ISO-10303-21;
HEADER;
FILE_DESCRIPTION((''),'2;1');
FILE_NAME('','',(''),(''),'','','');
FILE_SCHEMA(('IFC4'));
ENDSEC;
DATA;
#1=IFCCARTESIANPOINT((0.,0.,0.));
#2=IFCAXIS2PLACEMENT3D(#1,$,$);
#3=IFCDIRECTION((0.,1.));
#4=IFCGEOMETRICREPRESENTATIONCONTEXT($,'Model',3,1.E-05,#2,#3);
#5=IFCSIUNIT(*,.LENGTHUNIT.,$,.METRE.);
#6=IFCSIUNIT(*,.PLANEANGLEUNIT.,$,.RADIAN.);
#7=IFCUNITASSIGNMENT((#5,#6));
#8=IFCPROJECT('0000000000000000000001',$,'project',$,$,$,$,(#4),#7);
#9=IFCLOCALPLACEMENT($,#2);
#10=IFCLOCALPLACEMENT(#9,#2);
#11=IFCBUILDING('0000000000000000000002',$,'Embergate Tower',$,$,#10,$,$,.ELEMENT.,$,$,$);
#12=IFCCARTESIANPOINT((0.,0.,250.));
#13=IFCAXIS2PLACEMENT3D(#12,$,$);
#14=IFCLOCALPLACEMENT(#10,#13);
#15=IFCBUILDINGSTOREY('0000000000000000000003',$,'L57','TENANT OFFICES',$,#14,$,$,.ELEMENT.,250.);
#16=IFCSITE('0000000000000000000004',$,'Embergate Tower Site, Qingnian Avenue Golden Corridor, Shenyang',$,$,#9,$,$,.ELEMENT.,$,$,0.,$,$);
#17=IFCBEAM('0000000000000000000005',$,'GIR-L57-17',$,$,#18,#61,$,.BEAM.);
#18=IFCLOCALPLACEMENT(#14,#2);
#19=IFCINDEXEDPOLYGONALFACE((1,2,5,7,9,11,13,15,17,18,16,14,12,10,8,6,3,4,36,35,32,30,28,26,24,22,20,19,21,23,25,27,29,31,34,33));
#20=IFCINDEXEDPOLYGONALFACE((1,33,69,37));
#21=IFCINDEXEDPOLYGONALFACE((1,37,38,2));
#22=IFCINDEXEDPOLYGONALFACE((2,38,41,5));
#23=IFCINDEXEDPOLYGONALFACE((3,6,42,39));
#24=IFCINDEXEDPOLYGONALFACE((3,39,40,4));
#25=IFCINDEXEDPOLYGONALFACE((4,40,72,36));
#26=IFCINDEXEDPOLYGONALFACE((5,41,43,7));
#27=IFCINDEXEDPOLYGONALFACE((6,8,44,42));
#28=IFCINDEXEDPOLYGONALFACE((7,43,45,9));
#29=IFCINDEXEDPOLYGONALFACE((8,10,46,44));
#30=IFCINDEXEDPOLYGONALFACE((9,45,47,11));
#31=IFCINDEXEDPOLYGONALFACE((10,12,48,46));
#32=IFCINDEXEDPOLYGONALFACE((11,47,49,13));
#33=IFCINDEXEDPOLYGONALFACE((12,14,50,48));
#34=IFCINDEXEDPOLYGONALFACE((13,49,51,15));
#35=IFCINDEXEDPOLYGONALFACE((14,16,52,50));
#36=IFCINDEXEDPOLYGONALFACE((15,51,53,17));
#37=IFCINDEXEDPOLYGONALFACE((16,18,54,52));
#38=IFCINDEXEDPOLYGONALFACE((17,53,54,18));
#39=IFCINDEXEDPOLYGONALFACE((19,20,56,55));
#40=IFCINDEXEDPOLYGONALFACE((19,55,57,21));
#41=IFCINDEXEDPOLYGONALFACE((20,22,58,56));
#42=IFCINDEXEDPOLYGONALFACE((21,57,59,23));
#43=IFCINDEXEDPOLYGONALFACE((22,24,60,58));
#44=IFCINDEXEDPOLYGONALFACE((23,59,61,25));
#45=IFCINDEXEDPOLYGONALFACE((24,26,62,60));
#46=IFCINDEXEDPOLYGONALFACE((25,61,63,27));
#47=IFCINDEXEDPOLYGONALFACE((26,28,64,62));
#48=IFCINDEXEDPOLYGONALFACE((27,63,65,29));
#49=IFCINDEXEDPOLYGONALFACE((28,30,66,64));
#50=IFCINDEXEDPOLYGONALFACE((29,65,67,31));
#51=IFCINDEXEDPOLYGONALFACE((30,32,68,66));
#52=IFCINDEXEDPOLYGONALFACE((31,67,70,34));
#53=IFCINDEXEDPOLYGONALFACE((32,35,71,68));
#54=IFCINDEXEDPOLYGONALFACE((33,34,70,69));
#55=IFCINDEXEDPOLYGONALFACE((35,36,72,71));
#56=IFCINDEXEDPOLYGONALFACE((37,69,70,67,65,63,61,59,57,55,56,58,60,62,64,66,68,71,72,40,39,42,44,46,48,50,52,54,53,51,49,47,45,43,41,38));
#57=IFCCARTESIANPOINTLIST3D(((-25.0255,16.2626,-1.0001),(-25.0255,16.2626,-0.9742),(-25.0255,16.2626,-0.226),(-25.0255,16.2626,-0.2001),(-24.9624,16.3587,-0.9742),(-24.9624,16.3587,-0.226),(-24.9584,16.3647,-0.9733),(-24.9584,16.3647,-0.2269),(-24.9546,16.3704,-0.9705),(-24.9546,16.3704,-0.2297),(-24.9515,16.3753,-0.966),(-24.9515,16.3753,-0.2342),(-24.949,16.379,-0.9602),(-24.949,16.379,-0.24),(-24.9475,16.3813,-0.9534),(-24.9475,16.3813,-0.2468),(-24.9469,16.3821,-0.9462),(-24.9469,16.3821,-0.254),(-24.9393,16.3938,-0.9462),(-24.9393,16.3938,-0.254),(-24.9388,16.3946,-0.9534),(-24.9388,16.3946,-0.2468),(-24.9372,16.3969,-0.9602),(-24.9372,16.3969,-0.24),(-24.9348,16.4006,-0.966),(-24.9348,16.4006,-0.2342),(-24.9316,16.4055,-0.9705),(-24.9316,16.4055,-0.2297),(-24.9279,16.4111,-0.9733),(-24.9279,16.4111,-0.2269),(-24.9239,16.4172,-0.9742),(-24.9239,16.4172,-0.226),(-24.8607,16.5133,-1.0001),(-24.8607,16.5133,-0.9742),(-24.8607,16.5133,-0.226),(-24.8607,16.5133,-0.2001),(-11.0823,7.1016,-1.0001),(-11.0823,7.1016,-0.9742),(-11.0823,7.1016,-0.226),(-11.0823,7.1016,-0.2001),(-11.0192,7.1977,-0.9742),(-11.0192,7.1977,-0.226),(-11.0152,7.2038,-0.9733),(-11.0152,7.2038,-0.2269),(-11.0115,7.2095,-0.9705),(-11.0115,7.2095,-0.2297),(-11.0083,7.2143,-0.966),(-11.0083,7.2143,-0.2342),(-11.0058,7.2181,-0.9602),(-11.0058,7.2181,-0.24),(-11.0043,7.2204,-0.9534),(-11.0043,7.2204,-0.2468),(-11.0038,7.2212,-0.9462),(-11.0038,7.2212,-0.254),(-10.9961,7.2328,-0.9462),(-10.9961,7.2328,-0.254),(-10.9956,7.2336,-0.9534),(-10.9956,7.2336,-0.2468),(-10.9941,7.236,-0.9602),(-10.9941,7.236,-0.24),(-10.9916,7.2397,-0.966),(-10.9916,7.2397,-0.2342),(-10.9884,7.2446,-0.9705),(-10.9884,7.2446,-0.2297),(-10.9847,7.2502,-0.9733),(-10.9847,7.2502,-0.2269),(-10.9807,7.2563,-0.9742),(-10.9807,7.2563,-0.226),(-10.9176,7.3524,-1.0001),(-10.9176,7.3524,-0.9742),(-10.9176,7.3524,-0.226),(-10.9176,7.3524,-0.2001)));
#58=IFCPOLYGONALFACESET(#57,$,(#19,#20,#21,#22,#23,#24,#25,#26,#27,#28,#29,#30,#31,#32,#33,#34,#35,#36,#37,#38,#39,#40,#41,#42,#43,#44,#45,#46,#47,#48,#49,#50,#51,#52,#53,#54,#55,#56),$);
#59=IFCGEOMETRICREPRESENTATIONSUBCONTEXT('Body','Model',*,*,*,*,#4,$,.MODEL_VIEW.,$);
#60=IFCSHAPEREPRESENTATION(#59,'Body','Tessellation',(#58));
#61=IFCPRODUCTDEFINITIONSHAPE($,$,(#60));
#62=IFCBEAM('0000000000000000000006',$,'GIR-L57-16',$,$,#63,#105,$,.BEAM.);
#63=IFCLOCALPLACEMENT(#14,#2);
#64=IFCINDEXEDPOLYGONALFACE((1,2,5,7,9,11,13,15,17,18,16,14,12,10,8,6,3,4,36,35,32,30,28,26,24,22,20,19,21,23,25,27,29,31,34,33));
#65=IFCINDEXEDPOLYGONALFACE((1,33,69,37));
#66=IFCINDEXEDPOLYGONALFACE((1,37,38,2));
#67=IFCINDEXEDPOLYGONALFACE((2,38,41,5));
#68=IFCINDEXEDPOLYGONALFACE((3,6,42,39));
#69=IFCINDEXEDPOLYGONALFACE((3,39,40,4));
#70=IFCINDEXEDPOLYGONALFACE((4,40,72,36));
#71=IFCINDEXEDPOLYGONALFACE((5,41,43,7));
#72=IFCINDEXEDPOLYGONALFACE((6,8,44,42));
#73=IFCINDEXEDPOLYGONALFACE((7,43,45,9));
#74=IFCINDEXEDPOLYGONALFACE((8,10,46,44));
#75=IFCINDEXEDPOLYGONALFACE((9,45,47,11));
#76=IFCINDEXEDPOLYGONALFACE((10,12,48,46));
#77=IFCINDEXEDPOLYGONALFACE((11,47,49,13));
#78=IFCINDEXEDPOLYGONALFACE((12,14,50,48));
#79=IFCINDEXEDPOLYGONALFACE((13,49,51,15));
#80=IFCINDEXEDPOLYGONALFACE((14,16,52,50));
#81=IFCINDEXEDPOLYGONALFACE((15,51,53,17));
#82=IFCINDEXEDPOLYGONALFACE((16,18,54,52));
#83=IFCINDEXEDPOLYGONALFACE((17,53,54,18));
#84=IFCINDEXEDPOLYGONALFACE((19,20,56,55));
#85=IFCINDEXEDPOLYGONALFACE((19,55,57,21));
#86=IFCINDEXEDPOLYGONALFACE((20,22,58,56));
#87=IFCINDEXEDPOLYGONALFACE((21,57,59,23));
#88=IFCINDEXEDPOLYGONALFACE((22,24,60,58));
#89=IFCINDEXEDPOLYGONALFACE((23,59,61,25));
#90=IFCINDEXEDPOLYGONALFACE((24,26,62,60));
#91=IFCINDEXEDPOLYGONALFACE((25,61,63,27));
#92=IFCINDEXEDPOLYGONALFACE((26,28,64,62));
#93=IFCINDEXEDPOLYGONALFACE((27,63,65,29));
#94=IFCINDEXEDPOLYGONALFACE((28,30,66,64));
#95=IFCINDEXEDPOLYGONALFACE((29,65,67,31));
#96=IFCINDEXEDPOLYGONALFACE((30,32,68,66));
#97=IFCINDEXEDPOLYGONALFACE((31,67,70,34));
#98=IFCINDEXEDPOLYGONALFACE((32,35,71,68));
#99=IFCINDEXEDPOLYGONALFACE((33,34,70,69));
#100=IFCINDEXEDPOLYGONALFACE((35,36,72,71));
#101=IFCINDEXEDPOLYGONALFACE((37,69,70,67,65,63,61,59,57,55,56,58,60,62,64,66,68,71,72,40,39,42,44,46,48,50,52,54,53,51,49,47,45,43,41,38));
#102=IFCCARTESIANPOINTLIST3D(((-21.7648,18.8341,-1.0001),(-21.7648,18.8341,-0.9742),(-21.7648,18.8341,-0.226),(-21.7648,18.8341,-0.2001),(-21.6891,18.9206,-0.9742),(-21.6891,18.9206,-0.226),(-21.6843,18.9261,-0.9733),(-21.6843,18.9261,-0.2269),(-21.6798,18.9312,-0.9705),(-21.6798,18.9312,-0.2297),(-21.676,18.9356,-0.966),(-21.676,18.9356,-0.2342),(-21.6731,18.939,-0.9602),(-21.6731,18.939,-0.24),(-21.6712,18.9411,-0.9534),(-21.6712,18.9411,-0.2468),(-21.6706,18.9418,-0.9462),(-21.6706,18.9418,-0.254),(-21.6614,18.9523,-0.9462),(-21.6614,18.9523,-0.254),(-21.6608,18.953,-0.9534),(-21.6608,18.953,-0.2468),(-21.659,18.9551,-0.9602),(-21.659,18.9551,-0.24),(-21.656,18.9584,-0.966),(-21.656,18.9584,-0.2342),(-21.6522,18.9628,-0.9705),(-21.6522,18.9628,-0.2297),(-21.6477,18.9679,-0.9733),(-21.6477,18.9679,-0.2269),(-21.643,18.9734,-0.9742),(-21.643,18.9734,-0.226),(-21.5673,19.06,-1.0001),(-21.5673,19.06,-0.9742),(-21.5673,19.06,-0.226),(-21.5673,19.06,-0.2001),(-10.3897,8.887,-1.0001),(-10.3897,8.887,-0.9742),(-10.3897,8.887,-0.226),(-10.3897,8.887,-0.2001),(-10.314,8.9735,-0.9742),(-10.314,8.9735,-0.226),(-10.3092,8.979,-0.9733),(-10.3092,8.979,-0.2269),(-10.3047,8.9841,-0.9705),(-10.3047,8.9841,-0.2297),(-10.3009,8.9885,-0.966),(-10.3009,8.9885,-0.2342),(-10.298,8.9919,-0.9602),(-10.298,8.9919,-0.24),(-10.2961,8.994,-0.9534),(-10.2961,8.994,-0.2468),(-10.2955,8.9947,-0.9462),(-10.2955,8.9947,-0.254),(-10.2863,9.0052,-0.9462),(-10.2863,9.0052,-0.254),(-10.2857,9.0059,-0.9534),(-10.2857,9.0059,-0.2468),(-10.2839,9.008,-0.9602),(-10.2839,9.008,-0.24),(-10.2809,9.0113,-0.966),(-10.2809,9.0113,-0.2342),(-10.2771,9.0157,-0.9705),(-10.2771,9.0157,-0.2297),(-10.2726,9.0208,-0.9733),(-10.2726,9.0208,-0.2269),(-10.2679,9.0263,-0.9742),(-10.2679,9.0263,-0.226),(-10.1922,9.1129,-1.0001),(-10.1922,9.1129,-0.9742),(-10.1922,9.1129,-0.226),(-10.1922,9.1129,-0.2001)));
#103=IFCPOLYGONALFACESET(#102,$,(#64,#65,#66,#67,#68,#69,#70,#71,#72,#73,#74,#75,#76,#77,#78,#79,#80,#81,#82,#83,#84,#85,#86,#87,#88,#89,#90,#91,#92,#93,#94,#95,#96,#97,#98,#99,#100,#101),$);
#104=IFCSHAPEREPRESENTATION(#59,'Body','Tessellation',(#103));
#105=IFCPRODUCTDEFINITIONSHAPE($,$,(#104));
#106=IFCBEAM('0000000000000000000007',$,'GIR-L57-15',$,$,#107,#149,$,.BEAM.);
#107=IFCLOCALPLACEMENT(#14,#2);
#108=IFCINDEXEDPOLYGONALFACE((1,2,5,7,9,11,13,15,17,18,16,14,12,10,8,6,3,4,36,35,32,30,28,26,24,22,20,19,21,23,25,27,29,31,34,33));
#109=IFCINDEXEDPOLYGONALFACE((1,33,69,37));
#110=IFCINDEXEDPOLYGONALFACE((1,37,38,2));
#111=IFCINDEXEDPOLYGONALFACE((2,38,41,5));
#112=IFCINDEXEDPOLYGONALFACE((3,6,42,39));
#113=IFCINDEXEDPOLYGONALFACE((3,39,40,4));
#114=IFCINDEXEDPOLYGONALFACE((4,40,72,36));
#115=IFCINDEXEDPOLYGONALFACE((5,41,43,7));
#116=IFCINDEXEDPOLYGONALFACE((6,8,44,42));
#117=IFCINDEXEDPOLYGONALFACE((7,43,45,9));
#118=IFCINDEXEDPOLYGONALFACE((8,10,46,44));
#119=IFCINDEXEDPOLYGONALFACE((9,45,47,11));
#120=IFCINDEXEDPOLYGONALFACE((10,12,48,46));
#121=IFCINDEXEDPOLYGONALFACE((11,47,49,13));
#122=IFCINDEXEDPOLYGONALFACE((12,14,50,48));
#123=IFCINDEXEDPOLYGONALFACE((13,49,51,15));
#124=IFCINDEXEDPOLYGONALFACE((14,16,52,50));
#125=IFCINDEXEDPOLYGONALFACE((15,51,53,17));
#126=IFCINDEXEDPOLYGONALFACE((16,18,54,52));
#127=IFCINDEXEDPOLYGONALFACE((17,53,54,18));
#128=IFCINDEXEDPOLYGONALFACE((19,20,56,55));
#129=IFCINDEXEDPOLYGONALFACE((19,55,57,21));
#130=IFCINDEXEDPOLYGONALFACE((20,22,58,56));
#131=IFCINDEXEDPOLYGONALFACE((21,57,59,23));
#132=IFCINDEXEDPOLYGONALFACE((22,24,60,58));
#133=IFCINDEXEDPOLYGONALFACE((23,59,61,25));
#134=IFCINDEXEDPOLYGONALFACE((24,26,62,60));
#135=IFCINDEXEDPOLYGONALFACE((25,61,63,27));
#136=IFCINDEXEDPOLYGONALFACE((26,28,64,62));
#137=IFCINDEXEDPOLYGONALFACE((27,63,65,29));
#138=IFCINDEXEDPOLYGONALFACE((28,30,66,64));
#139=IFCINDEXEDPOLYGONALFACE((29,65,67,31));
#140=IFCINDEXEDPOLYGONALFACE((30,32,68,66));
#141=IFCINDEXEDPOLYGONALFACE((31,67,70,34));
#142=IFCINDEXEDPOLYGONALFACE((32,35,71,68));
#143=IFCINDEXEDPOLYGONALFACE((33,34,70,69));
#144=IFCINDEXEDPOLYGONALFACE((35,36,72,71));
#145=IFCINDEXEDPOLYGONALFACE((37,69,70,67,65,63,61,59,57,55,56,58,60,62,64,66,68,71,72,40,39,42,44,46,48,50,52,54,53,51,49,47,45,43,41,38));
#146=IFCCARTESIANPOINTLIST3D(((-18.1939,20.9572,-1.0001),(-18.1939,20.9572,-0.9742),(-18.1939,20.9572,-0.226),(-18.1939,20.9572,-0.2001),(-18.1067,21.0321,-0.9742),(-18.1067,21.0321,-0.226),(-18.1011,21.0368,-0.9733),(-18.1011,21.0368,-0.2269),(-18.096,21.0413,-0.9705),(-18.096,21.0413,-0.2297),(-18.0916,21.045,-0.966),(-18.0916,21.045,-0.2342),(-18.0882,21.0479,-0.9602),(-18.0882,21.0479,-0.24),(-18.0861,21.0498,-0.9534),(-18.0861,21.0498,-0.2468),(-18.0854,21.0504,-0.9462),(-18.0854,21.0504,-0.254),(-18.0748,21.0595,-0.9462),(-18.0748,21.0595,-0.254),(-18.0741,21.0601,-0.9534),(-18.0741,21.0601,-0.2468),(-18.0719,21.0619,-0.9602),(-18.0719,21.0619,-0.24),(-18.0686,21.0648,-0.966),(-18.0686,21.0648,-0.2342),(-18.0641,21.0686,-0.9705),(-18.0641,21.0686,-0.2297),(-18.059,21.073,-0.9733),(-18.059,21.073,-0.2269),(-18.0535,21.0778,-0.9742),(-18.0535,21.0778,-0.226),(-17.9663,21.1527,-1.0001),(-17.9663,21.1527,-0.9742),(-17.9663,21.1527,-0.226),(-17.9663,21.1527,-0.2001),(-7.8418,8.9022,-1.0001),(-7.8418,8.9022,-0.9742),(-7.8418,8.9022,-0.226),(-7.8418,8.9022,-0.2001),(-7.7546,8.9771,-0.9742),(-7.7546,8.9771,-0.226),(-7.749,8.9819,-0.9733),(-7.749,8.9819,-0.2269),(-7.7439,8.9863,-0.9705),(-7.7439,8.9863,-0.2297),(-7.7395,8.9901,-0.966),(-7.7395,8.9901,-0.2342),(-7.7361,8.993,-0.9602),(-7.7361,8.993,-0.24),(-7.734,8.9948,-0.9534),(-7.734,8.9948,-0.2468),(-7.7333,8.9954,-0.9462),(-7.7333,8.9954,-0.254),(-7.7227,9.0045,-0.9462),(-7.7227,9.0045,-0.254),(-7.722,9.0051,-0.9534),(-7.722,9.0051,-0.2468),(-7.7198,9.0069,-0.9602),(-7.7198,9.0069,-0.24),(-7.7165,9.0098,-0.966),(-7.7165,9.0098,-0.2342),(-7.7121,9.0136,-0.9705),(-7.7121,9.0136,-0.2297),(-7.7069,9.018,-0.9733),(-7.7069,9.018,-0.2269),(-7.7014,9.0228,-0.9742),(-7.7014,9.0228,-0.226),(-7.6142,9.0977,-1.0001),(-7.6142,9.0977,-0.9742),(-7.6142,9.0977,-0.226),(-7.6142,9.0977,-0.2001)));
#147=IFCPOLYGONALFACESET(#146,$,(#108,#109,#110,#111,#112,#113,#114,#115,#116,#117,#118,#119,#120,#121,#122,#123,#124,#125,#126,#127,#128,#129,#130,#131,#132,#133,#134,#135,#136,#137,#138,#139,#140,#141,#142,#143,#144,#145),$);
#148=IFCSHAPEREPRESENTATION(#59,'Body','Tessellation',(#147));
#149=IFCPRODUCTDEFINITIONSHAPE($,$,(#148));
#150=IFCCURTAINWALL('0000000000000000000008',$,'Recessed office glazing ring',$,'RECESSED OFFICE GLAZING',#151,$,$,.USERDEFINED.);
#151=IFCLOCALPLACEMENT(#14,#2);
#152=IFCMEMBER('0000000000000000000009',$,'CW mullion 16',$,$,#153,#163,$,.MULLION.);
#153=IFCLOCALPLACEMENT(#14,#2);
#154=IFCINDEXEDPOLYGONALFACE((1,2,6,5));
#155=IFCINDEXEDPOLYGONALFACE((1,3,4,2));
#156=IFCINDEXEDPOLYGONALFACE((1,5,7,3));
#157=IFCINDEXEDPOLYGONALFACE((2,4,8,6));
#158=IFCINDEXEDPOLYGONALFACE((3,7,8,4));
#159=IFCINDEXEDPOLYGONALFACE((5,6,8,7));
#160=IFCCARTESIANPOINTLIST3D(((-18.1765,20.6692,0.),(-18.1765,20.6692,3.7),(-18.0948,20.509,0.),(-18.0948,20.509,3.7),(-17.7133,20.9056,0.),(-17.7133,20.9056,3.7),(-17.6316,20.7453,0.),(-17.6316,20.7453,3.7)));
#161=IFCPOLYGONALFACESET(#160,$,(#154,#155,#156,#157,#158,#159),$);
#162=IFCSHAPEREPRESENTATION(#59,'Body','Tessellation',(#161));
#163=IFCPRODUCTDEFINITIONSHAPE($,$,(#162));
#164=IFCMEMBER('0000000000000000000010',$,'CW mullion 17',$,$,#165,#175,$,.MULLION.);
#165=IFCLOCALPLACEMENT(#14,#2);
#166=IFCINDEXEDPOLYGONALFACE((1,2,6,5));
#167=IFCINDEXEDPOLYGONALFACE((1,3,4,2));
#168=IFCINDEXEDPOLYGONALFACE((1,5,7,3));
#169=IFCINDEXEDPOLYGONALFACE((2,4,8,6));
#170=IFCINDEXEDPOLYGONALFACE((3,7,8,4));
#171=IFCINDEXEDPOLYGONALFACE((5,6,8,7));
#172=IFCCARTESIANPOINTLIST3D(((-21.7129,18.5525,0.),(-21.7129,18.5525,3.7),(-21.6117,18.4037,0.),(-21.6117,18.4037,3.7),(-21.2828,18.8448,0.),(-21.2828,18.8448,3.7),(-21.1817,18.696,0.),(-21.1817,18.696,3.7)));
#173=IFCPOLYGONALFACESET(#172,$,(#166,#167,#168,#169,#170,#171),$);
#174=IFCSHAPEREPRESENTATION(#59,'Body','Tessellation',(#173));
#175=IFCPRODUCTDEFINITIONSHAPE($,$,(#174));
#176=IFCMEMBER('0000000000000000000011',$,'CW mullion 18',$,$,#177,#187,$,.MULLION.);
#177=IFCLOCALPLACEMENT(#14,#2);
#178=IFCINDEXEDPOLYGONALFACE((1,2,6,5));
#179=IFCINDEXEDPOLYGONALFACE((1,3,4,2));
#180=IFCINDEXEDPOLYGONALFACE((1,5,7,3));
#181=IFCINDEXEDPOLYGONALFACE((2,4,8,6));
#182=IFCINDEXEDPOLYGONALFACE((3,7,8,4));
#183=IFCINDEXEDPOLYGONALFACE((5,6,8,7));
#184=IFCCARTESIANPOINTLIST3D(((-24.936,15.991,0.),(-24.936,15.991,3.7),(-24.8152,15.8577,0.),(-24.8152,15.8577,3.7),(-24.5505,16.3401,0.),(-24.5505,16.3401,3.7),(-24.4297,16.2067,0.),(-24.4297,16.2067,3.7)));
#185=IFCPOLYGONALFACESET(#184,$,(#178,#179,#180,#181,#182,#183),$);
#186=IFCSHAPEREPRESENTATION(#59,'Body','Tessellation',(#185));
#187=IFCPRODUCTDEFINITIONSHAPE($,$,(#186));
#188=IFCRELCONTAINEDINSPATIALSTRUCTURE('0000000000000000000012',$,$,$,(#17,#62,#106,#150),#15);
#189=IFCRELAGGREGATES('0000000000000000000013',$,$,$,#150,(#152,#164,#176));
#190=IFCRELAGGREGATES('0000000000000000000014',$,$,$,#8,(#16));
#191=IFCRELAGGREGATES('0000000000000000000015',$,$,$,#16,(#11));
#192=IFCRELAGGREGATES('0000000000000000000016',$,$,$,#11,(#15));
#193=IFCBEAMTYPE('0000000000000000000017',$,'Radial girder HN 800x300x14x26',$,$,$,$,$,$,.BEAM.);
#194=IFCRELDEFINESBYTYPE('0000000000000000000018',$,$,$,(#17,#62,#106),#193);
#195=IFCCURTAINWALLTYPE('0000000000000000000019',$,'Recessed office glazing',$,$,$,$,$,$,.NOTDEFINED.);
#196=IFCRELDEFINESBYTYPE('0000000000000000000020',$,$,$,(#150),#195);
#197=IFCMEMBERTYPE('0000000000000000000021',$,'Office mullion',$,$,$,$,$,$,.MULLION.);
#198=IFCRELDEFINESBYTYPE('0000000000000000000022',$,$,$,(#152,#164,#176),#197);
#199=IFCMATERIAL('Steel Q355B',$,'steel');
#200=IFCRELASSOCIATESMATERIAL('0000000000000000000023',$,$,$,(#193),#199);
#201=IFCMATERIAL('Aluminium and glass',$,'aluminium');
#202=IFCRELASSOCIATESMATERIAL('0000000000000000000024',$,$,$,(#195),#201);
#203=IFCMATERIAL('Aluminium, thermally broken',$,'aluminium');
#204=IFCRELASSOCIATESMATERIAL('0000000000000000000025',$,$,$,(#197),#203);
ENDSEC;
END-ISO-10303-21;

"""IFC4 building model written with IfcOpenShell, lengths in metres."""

from ifc_helpers import new_model, si_unit, direction, frame, origin, origin_2d, place, context, subcontext, project, spatial, rectangle, i_section, extrude, source, transform, mapped, material, material_profile, profile_set, type_object, element, aggregate, save


model = new_model("IFC4")

# Units and contexts
model_context = context("Model", 3, precision=1e-05, world=origin(), true_north=direction((0.0, 1.0)))
body_context = subcontext(model_context, "Body", "Model", "MODEL_VIEW")
ifc_project = project(units=[si_unit("LENGTHUNIT", "METRE"), si_unit("PLANEANGLEUNIT", "RADIAN")], contexts=[model_context])

# Site, building, storey
site_placement = place(None, origin())
site = spatial("IfcSite", under=ifc_project, at=site_placement, Name="Embergate Tower Site, Qingnian Avenue Golden Corridor, Shenyang", CompositionType="ELEMENT", RefElevation=0.0)
building_placement = place(site_placement, origin())
building = spatial("IfcBuilding", under=site, at=building_placement, Name="Embergate Tower", CompositionType="ELEMENT")
storey_placement = place(building_placement, frame((0.0, 0.0, 250.0)))
storey = spatial("IfcBuildingStorey", under=building, at=storey_placement, Name="L57", Description="TENANT OFFICES", CompositionType="ELEMENT", Elevation=250.0)

# Beams
ifc_material_1 = material(Name="Steel Q355B", Category="steel")
ifc_material_profile_1 = material_profile(ifc_material_1, i_section(OverallWidth=0.3, OverallDepth=0.8, WebThickness=0.0139, FlangeThickness=0.0259, FilletRadius=0.0281, at=origin_2d()), Name="HN 800x300x14x26")
ifc_profile_set_1 = profile_set([ifc_material_profile_1], Name="Steel Q355 grade B")
beam_type_1 = type_object("IfcBeamType", Name="Radial girder HN 800x300x14x26", PredefinedType="BEAM", material=ifc_profile_set_1)
shared_shape_1 = source(origin(), body_context, "Body", "SweptSolid", [
    extrude(i_section(OverallWidth=0.3, OverallDepth=0.8, WebThickness=0.0139, FlangeThickness=0.0259, FilletRadius=0.0281, at=origin_2d()), origin(), (0.0, 0.0, 1.0), 16.6833),
])
beam_1_placement = place(storey_placement, frame((-24.9431, 16.3879, -0.6001), z_axis=(0.835753, -0.549105, 0.0), x_axis=(0.549105, 0.835753, 0.0)))
element("IfcBeam", 1, at=beam_1_placement, inside=storey, type_object=beam_type_1, Name="GIR-L57-17", PredefinedType="BEAM", context=body_context, shape_type="MappedRepresentation", body=[
    mapped(shared_shape_1, transform((0.0, 0.0, 0.0))),
])
shared_shape_2 = source(origin(), body_context, "Body", "SweptSolid", [
    extrude(i_section(OverallWidth=0.3, OverallDepth=0.8, WebThickness=0.0139, FlangeThickness=0.0259, FilletRadius=0.0281, at=origin_2d()), origin(), (0.0, 0.0, 1.0), 15.1108),
])
beam_2_placement = place(storey_placement, frame((-21.666, 18.947, -0.6001), z_axis=(0.752777, -0.658276, 0.0), x_axis=(0.658276, 0.752777, 0.0)))
element("IfcBeam", 2, at=beam_2_placement, inside=storey, type_object=beam_type_1, Name="GIR-L57-16", PredefinedType="BEAM", context=body_context, shape_type="MappedRepresentation", body=[
    mapped(shared_shape_2, transform((0.0, 0.0, 0.0))),
])
shared_shape_3 = source(origin(), body_context, "Body", "SweptSolid", [
    extrude(i_section(OverallWidth=0.3, OverallDepth=0.8, WebThickness=0.0139, FlangeThickness=0.0259, FilletRadius=0.0281, at=origin_2d()), origin(), (0.0, 0.0, 1.0), 15.8899),
])
beam_3_placement = place(storey_placement, frame((-18.0801, 21.0549, -0.6001), z_axis=(0.65149, -0.758658, 0.0), x_axis=(0.758658, 0.65149, 0.0)))
element("IfcBeam", 3, at=beam_3_placement, inside=storey, type_object=beam_type_1, Name="GIR-L57-15", PredefinedType="BEAM", context=body_context, shape_type="MappedRepresentation", body=[
    mapped(shared_shape_3, transform((0.0, 0.0, 0.0))),
])

# Curtain wall, members
ifc_material_2 = material(Name="Aluminium and glass", Category="aluminium")
curtain_wall_type = type_object("IfcCurtainWallType", Name="Recessed office glazing", PredefinedType="NOTDEFINED", material=ifc_material_2)
curtain_wall_placement = place(storey_placement, origin())
curtain_wall = element("IfcCurtainWall", 4, at=curtain_wall_placement, inside=storey, type_object=curtain_wall_type, Name="Recessed office glazing ring", ObjectType="RECESSED OFFICE GLAZING", PredefinedType="USERDEFINED")
ifc_material_3 = material(Name="Aluminium, thermally broken", Category="aluminium")
ifc_material_profile_2 = material_profile(ifc_material_3, rectangle(XDim=0.1799, YDim=0.52, at=origin_2d()), Name="AL 520x180")
ifc_profile_set_2 = profile_set([ifc_material_profile_2], Name="Aluminium, thermally broken")
member_type_1 = type_object("IfcMemberType", Name="Office mullion", PredefinedType="MULLION", material=ifc_profile_set_2)
shared_shape_4 = source(origin(), body_context, "Body", "SweptSolid", [
    extrude(rectangle(XDim=0.1799, YDim=0.52, at=origin_2d()), origin(), (0.0, 0.0, 1.0), 3.7),
])
member_1_placement = place(storey_placement, frame((-17.9041, 20.7073, 0.0), z_axis=(0.0, 0.0, 1.0), x_axis=(0.45451, -0.890742, 0.0)))
member_1 = element("IfcMember", 5, at=member_1_placement, type_object=member_type_1, Name="CW mullion 16", PredefinedType="MULLION", context=body_context, shape_type="MappedRepresentation", body=[
    mapped(shared_shape_4, transform((0.0, 0.0, 0.0))),
])
member_2_placement = place(storey_placement, frame((-21.4473, 18.6243, 0.0), z_axis=(0.0, 0.0, 1.0), x_axis=(0.562215, -0.826991, 0.0)))
member_2 = element("IfcMember", 6, at=member_2_placement, type_object=member_type_1, Name="CW mullion 17", PredefinedType="MULLION", context=body_context, shape_type="MappedRepresentation", body=[
    mapped(shared_shape_4, transform((0.0, 0.0, 0.0))),
])
member_3_placement = place(storey_placement, frame((-24.6829, 16.0989, 0.0), z_axis=(0.0, 0.0, 1.0), x_axis=(0.671224, -0.741255, 0.0)))
member_3 = element("IfcMember", 7, at=member_3_placement, type_object=member_type_1, Name="CW mullion 18", PredefinedType="MULLION", context=body_context, shape_type="MappedRepresentation", body=[
    mapped(shared_shape_4, transform((0.0, 0.0, 0.0))),
])
aggregate(curtain_wall, [member_1, member_2, member_3])

save(model, "model.ifc")
